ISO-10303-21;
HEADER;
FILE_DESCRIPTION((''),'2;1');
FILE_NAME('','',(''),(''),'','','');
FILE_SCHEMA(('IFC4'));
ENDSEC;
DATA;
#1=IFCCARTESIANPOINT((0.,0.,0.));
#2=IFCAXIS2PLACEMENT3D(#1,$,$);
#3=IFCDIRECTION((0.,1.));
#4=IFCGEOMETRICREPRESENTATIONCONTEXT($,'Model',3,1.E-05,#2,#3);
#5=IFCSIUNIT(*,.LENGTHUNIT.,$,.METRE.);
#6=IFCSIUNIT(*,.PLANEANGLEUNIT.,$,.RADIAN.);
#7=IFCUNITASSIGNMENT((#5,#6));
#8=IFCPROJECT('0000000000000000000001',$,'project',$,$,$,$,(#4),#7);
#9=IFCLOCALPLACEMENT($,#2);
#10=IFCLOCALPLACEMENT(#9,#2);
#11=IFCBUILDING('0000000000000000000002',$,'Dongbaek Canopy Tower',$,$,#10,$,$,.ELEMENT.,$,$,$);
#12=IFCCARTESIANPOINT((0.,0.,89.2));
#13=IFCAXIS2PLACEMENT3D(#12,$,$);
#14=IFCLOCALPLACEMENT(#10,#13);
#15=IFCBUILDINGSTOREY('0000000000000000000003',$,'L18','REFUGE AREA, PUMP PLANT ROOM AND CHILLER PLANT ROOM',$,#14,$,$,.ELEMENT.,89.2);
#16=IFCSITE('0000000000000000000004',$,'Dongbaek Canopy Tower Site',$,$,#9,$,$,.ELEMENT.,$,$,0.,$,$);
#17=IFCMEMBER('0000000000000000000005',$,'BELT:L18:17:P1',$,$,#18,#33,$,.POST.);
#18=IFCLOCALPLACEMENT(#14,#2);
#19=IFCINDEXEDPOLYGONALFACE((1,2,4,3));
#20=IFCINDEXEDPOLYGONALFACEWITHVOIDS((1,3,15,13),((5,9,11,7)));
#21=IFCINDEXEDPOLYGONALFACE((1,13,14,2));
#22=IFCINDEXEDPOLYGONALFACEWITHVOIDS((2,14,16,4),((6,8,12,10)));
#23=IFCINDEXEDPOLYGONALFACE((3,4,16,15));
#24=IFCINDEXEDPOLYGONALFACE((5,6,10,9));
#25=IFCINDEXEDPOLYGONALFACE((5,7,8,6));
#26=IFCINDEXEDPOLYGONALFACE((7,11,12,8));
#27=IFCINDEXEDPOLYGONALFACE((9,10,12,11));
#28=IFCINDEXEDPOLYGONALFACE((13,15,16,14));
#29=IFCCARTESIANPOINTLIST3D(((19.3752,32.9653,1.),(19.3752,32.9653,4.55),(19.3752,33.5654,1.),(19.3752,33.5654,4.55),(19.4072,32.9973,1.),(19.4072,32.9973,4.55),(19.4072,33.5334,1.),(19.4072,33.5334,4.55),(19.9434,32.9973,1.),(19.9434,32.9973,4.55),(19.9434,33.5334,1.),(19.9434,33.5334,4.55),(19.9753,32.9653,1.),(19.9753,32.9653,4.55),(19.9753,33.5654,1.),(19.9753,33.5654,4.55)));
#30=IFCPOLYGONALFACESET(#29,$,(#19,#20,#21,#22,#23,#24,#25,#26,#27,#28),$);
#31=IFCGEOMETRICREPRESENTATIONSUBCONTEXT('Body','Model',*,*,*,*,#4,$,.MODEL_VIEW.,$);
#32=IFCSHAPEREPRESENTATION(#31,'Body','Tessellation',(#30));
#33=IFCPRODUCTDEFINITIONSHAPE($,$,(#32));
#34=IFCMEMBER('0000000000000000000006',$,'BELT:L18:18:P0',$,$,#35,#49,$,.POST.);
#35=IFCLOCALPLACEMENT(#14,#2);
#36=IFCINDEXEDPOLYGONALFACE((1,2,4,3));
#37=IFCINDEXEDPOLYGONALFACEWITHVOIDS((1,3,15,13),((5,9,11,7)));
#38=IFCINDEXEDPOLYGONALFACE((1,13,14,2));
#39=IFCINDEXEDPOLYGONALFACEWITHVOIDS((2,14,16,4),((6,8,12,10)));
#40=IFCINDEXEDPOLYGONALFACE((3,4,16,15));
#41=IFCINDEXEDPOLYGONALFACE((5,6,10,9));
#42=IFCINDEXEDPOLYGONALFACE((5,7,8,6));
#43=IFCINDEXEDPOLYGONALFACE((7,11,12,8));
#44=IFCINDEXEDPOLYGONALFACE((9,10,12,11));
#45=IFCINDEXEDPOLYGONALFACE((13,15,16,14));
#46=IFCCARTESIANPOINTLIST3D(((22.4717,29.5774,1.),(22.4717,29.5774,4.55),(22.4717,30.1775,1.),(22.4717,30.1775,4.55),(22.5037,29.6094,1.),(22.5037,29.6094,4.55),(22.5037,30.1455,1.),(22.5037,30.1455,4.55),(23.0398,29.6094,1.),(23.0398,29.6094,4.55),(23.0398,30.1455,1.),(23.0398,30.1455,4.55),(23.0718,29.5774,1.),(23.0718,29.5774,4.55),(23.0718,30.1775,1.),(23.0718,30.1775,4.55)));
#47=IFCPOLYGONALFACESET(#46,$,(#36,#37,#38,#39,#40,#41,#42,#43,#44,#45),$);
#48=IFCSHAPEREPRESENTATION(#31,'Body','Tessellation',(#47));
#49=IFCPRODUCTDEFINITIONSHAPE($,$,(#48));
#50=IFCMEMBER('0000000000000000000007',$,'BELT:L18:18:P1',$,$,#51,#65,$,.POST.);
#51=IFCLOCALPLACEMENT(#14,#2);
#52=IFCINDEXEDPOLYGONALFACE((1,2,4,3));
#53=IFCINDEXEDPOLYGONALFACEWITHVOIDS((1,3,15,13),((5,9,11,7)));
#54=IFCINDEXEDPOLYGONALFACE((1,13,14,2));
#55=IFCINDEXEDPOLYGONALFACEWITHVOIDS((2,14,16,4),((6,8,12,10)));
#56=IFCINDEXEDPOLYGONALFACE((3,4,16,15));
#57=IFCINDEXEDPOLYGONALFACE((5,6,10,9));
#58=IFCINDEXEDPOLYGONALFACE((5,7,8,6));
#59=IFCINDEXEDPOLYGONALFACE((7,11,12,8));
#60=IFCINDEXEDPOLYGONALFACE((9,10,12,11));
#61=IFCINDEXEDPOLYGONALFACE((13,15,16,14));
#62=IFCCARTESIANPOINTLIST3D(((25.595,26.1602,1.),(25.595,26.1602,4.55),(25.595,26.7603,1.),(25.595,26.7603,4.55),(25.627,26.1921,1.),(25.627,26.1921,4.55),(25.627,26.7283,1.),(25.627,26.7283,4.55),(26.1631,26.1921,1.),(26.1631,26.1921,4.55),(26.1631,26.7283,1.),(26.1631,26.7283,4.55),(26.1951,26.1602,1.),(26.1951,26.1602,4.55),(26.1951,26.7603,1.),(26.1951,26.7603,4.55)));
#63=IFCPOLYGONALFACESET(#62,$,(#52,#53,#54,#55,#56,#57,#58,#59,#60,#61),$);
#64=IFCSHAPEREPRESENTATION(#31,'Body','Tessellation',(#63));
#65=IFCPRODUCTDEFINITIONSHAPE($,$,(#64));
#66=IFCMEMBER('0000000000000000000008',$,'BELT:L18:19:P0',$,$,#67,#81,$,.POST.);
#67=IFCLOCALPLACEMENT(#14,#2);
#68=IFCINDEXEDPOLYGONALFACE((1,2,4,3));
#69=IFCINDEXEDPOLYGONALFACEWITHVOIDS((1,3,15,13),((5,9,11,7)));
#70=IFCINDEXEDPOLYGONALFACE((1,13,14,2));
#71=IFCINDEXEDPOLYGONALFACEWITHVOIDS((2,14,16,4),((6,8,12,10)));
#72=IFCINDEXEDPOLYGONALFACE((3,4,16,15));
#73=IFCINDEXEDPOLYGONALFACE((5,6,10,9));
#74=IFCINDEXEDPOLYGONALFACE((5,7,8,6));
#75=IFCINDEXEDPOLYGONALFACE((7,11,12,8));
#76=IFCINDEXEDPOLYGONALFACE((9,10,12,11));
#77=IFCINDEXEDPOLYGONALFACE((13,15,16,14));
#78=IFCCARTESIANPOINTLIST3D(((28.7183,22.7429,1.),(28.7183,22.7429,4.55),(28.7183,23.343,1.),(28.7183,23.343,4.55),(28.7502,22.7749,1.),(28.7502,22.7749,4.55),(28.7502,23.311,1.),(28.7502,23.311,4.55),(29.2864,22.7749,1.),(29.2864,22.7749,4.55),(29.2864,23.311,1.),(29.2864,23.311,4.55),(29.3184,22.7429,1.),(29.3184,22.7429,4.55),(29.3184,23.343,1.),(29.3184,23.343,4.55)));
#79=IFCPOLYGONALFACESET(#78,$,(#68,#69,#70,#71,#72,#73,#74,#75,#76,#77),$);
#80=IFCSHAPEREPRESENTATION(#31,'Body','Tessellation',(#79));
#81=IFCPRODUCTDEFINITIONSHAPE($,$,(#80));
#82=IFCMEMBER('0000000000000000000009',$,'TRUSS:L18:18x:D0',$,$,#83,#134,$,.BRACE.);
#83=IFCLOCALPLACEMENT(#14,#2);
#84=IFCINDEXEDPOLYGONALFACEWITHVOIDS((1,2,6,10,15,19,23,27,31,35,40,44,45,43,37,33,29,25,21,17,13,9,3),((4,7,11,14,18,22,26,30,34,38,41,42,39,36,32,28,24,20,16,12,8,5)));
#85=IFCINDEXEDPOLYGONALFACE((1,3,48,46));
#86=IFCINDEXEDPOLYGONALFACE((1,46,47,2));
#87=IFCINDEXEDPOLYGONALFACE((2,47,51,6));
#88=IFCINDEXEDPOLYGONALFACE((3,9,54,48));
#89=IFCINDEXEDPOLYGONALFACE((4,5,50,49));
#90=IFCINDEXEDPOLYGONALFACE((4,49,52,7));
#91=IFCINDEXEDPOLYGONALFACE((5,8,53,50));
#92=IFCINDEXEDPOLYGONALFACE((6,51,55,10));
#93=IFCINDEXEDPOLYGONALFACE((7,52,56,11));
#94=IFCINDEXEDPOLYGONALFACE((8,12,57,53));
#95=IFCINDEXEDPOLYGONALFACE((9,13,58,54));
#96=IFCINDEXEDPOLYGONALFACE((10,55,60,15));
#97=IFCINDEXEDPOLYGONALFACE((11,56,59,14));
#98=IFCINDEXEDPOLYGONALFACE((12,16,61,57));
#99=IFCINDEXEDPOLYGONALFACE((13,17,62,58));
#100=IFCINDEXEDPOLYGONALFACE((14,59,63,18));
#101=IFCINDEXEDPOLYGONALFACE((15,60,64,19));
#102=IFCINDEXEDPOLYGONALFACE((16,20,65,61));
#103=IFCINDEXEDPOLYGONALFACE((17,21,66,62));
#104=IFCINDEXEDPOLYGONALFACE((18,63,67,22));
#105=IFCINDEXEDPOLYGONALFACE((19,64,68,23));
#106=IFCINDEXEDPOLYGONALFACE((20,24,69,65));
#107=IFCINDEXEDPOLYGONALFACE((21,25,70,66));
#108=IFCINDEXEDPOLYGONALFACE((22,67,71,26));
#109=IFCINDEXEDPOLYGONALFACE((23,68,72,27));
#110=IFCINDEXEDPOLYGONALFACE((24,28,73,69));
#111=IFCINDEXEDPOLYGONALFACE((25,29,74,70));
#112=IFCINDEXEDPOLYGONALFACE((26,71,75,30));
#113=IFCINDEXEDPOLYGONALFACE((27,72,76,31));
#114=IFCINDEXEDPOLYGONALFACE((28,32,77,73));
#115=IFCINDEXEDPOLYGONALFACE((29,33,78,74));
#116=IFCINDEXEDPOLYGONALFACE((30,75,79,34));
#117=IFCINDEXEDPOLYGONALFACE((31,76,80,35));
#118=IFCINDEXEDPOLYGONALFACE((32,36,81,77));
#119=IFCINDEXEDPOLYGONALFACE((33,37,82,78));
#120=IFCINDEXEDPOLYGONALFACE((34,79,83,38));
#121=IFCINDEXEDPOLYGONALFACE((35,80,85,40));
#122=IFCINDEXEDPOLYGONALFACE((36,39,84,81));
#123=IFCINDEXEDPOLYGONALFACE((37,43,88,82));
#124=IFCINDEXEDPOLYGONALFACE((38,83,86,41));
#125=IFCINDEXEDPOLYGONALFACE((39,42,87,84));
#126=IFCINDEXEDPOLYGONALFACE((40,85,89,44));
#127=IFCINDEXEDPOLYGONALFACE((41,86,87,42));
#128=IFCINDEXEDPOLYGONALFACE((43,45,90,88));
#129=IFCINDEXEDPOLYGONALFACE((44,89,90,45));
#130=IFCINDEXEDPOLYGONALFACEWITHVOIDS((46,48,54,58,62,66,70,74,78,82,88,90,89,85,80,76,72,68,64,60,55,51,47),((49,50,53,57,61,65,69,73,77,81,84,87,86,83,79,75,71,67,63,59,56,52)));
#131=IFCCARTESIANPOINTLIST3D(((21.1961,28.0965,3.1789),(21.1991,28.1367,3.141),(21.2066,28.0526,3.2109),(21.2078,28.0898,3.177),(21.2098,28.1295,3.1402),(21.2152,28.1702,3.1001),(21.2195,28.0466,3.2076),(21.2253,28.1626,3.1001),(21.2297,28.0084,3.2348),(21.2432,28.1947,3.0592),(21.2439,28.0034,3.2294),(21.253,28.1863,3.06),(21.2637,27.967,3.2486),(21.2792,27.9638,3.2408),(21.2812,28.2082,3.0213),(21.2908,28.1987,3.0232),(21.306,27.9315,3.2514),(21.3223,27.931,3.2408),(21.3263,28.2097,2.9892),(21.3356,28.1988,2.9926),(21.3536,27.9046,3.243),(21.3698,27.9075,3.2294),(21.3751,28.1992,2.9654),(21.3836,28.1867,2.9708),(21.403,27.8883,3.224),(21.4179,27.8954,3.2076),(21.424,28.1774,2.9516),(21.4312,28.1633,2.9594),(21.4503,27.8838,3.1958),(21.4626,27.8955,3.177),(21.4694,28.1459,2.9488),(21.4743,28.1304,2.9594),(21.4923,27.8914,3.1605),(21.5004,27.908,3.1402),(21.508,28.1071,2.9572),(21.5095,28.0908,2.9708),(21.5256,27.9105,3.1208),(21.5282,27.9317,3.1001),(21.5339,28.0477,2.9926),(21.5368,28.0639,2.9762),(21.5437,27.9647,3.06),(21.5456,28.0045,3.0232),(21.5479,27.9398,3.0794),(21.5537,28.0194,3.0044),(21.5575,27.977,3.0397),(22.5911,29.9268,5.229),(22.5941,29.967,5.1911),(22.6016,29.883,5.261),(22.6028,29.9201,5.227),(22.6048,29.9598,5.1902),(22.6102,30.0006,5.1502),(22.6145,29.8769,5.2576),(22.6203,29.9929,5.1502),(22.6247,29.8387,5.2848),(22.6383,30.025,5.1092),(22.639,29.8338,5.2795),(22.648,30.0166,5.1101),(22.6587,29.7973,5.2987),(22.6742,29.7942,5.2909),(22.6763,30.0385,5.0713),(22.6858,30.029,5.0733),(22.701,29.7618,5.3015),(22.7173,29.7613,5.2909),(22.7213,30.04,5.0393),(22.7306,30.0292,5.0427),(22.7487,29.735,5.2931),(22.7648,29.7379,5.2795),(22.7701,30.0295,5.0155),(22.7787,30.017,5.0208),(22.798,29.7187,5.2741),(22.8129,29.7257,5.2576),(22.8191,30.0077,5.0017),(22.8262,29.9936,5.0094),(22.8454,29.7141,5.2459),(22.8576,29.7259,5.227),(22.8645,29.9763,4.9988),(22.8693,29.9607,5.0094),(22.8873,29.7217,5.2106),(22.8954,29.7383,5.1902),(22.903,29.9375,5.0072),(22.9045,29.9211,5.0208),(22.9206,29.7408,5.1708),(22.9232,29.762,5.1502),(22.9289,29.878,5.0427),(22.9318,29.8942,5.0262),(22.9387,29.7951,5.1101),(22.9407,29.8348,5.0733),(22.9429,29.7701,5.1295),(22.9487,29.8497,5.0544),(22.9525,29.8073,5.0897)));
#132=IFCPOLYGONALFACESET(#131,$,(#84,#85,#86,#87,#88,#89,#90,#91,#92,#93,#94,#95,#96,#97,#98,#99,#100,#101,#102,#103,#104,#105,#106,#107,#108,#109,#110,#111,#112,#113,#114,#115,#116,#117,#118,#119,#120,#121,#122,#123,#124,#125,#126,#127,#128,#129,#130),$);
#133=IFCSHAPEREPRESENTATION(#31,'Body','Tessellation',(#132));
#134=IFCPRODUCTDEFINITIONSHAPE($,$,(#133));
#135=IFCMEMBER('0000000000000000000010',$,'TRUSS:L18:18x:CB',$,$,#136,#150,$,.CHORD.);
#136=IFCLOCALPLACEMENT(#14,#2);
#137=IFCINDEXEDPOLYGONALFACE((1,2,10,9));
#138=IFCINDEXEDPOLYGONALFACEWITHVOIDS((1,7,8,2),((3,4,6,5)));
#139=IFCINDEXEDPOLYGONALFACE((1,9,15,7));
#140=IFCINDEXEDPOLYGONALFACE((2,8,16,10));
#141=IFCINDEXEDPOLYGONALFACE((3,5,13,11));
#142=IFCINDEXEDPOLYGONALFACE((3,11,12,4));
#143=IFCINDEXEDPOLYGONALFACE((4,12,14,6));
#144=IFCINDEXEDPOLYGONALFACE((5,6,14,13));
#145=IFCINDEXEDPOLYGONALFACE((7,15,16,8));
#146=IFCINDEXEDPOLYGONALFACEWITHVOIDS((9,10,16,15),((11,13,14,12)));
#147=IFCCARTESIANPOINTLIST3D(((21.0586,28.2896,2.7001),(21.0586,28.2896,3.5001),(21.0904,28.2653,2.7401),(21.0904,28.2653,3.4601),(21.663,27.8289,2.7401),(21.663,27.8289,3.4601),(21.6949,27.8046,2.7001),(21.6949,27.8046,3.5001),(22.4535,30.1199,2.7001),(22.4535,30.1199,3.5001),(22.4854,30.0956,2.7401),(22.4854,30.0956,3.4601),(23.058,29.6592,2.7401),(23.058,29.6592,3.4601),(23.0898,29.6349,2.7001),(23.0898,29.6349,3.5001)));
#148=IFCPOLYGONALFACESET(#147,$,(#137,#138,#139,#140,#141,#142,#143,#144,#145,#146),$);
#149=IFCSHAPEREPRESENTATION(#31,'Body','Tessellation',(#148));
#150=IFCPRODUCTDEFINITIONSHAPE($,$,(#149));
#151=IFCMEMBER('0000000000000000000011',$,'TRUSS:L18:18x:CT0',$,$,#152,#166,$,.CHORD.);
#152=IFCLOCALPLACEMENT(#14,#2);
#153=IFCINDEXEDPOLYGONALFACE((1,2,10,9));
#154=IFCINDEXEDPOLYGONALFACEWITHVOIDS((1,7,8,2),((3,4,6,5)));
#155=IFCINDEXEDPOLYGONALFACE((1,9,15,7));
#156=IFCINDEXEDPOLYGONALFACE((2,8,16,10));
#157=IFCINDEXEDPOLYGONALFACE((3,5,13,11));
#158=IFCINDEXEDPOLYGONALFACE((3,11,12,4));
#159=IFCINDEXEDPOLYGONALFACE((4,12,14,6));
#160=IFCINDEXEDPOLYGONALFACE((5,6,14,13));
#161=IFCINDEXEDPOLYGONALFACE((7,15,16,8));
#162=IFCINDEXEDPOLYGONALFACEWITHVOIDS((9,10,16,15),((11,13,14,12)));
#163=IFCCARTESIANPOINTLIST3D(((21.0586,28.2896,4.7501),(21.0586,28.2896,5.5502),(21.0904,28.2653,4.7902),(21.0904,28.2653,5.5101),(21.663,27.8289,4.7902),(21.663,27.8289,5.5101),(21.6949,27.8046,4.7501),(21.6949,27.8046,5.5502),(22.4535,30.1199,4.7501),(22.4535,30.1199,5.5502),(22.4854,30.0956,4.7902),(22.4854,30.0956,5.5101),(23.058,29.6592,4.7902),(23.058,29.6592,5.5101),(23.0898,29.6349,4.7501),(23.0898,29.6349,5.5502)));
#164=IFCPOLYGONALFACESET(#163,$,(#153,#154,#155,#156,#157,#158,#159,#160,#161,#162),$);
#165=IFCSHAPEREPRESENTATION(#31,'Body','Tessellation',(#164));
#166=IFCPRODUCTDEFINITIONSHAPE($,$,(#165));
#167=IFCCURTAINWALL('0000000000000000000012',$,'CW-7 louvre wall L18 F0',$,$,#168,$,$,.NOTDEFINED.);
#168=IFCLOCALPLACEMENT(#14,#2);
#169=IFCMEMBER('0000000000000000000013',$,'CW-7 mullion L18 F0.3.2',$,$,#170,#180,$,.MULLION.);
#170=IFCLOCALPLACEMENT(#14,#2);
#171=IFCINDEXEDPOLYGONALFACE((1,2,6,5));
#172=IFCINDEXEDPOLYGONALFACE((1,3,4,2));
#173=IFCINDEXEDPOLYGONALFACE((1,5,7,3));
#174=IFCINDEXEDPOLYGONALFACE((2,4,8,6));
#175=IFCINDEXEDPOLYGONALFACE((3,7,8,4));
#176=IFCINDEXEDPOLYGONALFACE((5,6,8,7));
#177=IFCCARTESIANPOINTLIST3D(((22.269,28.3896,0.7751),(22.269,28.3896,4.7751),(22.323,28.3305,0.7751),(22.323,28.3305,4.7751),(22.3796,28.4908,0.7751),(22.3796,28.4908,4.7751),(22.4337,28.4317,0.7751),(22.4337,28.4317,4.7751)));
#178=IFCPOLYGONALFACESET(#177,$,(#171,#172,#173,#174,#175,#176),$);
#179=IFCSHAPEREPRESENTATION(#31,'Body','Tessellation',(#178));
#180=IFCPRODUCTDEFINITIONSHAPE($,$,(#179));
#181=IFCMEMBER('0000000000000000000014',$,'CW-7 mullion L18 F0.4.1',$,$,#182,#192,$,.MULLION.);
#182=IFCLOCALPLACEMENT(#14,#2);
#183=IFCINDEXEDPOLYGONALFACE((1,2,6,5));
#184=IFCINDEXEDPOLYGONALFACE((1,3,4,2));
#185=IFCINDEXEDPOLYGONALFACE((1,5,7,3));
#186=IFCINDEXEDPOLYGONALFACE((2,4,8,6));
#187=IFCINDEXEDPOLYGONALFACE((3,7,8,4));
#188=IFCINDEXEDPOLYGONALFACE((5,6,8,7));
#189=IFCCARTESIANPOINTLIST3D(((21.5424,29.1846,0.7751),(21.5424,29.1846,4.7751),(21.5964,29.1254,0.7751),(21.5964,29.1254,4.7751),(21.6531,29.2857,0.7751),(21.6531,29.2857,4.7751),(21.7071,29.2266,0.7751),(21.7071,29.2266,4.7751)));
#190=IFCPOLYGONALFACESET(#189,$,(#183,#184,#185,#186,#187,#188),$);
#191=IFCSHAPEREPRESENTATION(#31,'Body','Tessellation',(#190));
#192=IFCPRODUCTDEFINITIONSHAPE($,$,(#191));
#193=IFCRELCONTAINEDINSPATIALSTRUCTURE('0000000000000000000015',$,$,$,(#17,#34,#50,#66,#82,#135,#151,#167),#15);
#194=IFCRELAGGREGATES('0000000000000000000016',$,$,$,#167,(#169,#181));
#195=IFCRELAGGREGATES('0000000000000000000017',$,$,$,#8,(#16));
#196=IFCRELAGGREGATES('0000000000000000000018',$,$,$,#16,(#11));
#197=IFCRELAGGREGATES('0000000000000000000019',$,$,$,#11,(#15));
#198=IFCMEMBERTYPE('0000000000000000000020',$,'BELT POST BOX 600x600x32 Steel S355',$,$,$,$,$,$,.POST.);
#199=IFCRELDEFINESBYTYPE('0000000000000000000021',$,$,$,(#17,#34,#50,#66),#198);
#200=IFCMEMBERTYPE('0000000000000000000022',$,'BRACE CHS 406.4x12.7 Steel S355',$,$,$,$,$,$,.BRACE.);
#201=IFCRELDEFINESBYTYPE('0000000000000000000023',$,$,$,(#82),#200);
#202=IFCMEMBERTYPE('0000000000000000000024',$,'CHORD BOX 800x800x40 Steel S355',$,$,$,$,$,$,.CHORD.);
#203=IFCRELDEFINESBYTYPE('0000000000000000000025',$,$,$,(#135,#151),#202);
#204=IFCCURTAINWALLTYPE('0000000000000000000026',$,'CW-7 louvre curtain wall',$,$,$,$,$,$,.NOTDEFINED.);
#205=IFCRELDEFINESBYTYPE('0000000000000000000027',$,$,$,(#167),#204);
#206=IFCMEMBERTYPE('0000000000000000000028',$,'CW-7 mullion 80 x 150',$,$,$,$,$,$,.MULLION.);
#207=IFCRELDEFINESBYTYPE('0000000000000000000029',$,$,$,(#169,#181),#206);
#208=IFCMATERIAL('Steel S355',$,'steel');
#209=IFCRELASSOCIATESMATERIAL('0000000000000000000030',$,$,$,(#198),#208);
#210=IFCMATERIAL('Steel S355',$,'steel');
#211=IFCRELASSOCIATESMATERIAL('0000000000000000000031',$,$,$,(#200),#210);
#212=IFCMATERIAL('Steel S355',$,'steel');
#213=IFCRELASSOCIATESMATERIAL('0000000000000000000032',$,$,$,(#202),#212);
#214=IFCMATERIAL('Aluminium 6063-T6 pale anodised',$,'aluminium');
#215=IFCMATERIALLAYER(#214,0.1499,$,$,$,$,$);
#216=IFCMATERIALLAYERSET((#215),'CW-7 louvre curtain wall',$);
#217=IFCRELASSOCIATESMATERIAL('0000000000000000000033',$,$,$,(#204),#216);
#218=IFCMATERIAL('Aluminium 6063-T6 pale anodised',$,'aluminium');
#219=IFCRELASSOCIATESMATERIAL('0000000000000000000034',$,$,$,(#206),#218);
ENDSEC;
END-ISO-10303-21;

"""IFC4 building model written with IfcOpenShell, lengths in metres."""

from ifc_helpers import new_model, si_unit, direction, frame, origin, origin_2d, place, context, subcontext, project, spatial, rectangle, hollow_rectangle, hollow_circle, extrude, material, layer, layer_set, material_profile, profile_set, type_object, element, aggregate, save


model = new_model("IFC4")

# Units and contexts
model_context = context("Model", 3, precision=1e-05, world=origin(), true_north=direction((0.0, 1.0)))
body_context = subcontext(model_context, "Body", "Model", "MODEL_VIEW")
ifc_project = project(units=[si_unit("LENGTHUNIT", "METRE"), si_unit("PLANEANGLEUNIT", "RADIAN")], contexts=[model_context])

# Site, building, storey
site_placement = place(None, origin())
site = spatial("IfcSite", under=ifc_project, at=site_placement, Name="Dongbaek Canopy Tower Site", CompositionType="ELEMENT", RefElevation=0.0)
building_placement = place(site_placement, origin())
building = spatial("IfcBuilding", under=site, at=building_placement, Name="Dongbaek Canopy Tower", CompositionType="ELEMENT")
storey_placement = place(building_placement, frame((0.0, 0.0, 89.2)))
storey = spatial("IfcBuildingStorey", under=building, at=storey_placement, Name="L18", Description="REFUGE AREA, PUMP PLANT ROOM AND CHILLER PLANT ROOM", CompositionType="ELEMENT", Elevation=89.2)

# Members
ifc_material_1 = material(Name="Steel S355", Category="steel")
ifc_material_profile_1 = material_profile(ifc_material_1, hollow_rectangle(XDim=0.6001, YDim=0.6001, WallThickness=0.032, at=origin_2d()), Name="BELT POST BOX 600x600x32 Steel S355")
ifc_profile_set_1 = profile_set([ifc_material_profile_1], Name="Steel S355")
member_type_1 = type_object("IfcMemberType", Name="BELT POST BOX 600x600x32 Steel S355", PredefinedType="POST", material=ifc_profile_set_1)
for number, where, z_axis, x_axis, name in (
    (1, (19.6753, 33.2654, 1.0), (0.0, 0.0, 1.0), (1.0, 0.0, 0.0), "BELT:L18:17:P1"),
    (2, (22.7717, 29.8774, 1.0), (0.0, 0.0, 1.0), (1.0, 0.0, 0.0), "BELT:L18:18:P0"),
    (3, (25.895, 26.4602, 1.0), (0.0, 0.0, 1.0), (1.0, 0.0, 0.0), "BELT:L18:18:P1"),
    (4, (29.0183, 23.043, 1.0), (0.0, 0.0, 1.0), (1.0, 0.0, 0.0), "BELT:L18:19:P0"),
):
    element("IfcMember", number, at=place(storey_placement, frame(where, z_axis=z_axis, x_axis=x_axis)), inside=storey, type_object=member_type_1, Name=name, PredefinedType="POST", context=body_context, shape_type="SweptSolid", body=[
        extrude(hollow_rectangle(XDim=0.6001, YDim=0.6001, WallThickness=0.032, at=origin_2d()), origin(), (0.0, 0.0, 1.0), 3.55),
    ])
ifc_material_2 = material(Name="Steel S355", Category="steel")
ifc_material_profile_2 = material_profile(ifc_material_2, hollow_circle(Radius=0.2031, WallThickness=0.0127, at=origin_2d()), Name="BRACE CHS 406.4x12.7 Steel S355")
ifc_profile_set_2 = profile_set([ifc_material_profile_2], Name="Steel S355")
member_type_2 = type_object("IfcMemberType", Name="BRACE CHS 406.4x12.7 Steel S355", PredefinedType="BRACE", material=ifc_profile_set_2)
member_1_placement = place(storey_placement, frame((21.3767, 28.0471, 3.1001), z_axis=(0.452631, 0.593871, 0.665164), x_axis=(-0.795329, 0.606177, 0.0)))
element("IfcMember", 5, at=member_1_placement, inside=storey, type_object=member_type_2, Name="TRUSS:L18:18x:D0", PredefinedType="BRACE", context=body_context, shape_type="SweptSolid", body=[
    extrude(hollow_circle(Radius=0.2031, WallThickness=0.0127, at=origin_2d()), origin(), (0.0, 0.0, 1.0), 3.082),
])
ifc_material_3 = material(Name="Steel S355", Category="steel")
ifc_material_profile_3 = material_profile(ifc_material_3, hollow_rectangle(XDim=0.8, YDim=0.8, WallThickness=0.04, at=origin_2d()), Name="CHORD BOX 800x800x40 Steel S355")
ifc_profile_set_3 = profile_set([ifc_material_profile_3], Name="Steel S355")
member_type_3 = type_object("IfcMemberType", Name="CHORD BOX 800x800x40 Steel S355", PredefinedType="CHORD", material=ifc_profile_set_3)
for number, where, z_axis, x_axis, name in (
    (6, (21.3767, 28.0471, 3.1001), (0.606177, 0.795329, 0.0), (-0.795329, 0.606177, 0.0), "TRUSS:L18:18x:CB"),
    (7, (21.3767, 28.0471, 5.1501), (0.606177, 0.795329, 0.0), (-0.795329, 0.606177, 0.0), "TRUSS:L18:18x:CT0"),
):
    element("IfcMember", number, at=place(storey_placement, frame(where, z_axis=z_axis, x_axis=x_axis)), inside=storey, type_object=member_type_3, Name=name, PredefinedType="CHORD", context=body_context, shape_type="SweptSolid", body=[
        extrude(hollow_rectangle(XDim=0.8, YDim=0.8, WallThickness=0.04, at=origin_2d()), origin(), (0.0, 0.0, 1.0), 2.3013),
    ])

# Curtain wall, members
ifc_material_4 = material(Name="Aluminium 6063-T6 pale anodised", Category="aluminium")
ifc_layer_1 = layer(ifc_material_4, 0.1499)
ifc_layer_set_1 = layer_set([ifc_layer_1], Name="CW-7 louvre curtain wall")
curtain_wall_type = type_object("IfcCurtainWallType", Name="CW-7 louvre curtain wall", PredefinedType="NOTDEFINED", material=ifc_layer_set_1)
curtain_wall_placement = place(storey_placement, origin())
curtain_wall = element("IfcCurtainWall", 8, at=curtain_wall_placement, inside=storey, type_object=curtain_wall_type, Name="CW-7 louvre wall L18 F0", PredefinedType="NOTDEFINED")
ifc_material_5 = material(Name="Aluminium 6063-T6 pale anodised", Category="aluminium")
ifc_material_profile_4 = material_profile(ifc_material_5, rectangle(XDim=0.1499, YDim=0.0801, at=origin_2d()), Name="CW-7 mullion 80 x 150")
ifc_profile_set_4 = profile_set([ifc_material_profile_4], Name="Aluminium 6063-T6 pale anodised")
member_type_4 = type_object("IfcMemberType", Name="CW-7 mullion 80 x 150", PredefinedType="MULLION", material=ifc_profile_set_4)
member_2_placement = place(storey_placement, frame((22.3513, 28.4106, 0.7751), z_axis=(0.0, 0.0, 1.0), x_axis=(0.738141, 0.674647, 0.0)))
member_2 = element("IfcMember", 9, at=member_2_placement, type_object=member_type_4, Name="CW-7 mullion L18 F0.3.2", PredefinedType="MULLION", context=body_context, shape_type="SweptSolid", body=[
    extrude(rectangle(XDim=0.1499, YDim=0.0801, at=origin_2d()), origin(), (0.0, 0.0, 1.0), 4.0),
])
member_3_placement = place(storey_placement, frame((21.6248, 29.2056, 0.7751), z_axis=(0.0, 0.0, 1.0), x_axis=(0.738141, 0.674647, 0.0)))
member_3 = element("IfcMember", 10, at=member_3_placement, type_object=member_type_4, Name="CW-7 mullion L18 F0.4.1", PredefinedType="MULLION", context=body_context, shape_type="SweptSolid", body=[
    extrude(rectangle(XDim=0.1499, YDim=0.0801, at=origin_2d()), origin(), (0.0, 0.0, 1.0), 4.0),
])

aggregate(curtain_wall, [member_2, member_3])

save(model, "model.ifc")
